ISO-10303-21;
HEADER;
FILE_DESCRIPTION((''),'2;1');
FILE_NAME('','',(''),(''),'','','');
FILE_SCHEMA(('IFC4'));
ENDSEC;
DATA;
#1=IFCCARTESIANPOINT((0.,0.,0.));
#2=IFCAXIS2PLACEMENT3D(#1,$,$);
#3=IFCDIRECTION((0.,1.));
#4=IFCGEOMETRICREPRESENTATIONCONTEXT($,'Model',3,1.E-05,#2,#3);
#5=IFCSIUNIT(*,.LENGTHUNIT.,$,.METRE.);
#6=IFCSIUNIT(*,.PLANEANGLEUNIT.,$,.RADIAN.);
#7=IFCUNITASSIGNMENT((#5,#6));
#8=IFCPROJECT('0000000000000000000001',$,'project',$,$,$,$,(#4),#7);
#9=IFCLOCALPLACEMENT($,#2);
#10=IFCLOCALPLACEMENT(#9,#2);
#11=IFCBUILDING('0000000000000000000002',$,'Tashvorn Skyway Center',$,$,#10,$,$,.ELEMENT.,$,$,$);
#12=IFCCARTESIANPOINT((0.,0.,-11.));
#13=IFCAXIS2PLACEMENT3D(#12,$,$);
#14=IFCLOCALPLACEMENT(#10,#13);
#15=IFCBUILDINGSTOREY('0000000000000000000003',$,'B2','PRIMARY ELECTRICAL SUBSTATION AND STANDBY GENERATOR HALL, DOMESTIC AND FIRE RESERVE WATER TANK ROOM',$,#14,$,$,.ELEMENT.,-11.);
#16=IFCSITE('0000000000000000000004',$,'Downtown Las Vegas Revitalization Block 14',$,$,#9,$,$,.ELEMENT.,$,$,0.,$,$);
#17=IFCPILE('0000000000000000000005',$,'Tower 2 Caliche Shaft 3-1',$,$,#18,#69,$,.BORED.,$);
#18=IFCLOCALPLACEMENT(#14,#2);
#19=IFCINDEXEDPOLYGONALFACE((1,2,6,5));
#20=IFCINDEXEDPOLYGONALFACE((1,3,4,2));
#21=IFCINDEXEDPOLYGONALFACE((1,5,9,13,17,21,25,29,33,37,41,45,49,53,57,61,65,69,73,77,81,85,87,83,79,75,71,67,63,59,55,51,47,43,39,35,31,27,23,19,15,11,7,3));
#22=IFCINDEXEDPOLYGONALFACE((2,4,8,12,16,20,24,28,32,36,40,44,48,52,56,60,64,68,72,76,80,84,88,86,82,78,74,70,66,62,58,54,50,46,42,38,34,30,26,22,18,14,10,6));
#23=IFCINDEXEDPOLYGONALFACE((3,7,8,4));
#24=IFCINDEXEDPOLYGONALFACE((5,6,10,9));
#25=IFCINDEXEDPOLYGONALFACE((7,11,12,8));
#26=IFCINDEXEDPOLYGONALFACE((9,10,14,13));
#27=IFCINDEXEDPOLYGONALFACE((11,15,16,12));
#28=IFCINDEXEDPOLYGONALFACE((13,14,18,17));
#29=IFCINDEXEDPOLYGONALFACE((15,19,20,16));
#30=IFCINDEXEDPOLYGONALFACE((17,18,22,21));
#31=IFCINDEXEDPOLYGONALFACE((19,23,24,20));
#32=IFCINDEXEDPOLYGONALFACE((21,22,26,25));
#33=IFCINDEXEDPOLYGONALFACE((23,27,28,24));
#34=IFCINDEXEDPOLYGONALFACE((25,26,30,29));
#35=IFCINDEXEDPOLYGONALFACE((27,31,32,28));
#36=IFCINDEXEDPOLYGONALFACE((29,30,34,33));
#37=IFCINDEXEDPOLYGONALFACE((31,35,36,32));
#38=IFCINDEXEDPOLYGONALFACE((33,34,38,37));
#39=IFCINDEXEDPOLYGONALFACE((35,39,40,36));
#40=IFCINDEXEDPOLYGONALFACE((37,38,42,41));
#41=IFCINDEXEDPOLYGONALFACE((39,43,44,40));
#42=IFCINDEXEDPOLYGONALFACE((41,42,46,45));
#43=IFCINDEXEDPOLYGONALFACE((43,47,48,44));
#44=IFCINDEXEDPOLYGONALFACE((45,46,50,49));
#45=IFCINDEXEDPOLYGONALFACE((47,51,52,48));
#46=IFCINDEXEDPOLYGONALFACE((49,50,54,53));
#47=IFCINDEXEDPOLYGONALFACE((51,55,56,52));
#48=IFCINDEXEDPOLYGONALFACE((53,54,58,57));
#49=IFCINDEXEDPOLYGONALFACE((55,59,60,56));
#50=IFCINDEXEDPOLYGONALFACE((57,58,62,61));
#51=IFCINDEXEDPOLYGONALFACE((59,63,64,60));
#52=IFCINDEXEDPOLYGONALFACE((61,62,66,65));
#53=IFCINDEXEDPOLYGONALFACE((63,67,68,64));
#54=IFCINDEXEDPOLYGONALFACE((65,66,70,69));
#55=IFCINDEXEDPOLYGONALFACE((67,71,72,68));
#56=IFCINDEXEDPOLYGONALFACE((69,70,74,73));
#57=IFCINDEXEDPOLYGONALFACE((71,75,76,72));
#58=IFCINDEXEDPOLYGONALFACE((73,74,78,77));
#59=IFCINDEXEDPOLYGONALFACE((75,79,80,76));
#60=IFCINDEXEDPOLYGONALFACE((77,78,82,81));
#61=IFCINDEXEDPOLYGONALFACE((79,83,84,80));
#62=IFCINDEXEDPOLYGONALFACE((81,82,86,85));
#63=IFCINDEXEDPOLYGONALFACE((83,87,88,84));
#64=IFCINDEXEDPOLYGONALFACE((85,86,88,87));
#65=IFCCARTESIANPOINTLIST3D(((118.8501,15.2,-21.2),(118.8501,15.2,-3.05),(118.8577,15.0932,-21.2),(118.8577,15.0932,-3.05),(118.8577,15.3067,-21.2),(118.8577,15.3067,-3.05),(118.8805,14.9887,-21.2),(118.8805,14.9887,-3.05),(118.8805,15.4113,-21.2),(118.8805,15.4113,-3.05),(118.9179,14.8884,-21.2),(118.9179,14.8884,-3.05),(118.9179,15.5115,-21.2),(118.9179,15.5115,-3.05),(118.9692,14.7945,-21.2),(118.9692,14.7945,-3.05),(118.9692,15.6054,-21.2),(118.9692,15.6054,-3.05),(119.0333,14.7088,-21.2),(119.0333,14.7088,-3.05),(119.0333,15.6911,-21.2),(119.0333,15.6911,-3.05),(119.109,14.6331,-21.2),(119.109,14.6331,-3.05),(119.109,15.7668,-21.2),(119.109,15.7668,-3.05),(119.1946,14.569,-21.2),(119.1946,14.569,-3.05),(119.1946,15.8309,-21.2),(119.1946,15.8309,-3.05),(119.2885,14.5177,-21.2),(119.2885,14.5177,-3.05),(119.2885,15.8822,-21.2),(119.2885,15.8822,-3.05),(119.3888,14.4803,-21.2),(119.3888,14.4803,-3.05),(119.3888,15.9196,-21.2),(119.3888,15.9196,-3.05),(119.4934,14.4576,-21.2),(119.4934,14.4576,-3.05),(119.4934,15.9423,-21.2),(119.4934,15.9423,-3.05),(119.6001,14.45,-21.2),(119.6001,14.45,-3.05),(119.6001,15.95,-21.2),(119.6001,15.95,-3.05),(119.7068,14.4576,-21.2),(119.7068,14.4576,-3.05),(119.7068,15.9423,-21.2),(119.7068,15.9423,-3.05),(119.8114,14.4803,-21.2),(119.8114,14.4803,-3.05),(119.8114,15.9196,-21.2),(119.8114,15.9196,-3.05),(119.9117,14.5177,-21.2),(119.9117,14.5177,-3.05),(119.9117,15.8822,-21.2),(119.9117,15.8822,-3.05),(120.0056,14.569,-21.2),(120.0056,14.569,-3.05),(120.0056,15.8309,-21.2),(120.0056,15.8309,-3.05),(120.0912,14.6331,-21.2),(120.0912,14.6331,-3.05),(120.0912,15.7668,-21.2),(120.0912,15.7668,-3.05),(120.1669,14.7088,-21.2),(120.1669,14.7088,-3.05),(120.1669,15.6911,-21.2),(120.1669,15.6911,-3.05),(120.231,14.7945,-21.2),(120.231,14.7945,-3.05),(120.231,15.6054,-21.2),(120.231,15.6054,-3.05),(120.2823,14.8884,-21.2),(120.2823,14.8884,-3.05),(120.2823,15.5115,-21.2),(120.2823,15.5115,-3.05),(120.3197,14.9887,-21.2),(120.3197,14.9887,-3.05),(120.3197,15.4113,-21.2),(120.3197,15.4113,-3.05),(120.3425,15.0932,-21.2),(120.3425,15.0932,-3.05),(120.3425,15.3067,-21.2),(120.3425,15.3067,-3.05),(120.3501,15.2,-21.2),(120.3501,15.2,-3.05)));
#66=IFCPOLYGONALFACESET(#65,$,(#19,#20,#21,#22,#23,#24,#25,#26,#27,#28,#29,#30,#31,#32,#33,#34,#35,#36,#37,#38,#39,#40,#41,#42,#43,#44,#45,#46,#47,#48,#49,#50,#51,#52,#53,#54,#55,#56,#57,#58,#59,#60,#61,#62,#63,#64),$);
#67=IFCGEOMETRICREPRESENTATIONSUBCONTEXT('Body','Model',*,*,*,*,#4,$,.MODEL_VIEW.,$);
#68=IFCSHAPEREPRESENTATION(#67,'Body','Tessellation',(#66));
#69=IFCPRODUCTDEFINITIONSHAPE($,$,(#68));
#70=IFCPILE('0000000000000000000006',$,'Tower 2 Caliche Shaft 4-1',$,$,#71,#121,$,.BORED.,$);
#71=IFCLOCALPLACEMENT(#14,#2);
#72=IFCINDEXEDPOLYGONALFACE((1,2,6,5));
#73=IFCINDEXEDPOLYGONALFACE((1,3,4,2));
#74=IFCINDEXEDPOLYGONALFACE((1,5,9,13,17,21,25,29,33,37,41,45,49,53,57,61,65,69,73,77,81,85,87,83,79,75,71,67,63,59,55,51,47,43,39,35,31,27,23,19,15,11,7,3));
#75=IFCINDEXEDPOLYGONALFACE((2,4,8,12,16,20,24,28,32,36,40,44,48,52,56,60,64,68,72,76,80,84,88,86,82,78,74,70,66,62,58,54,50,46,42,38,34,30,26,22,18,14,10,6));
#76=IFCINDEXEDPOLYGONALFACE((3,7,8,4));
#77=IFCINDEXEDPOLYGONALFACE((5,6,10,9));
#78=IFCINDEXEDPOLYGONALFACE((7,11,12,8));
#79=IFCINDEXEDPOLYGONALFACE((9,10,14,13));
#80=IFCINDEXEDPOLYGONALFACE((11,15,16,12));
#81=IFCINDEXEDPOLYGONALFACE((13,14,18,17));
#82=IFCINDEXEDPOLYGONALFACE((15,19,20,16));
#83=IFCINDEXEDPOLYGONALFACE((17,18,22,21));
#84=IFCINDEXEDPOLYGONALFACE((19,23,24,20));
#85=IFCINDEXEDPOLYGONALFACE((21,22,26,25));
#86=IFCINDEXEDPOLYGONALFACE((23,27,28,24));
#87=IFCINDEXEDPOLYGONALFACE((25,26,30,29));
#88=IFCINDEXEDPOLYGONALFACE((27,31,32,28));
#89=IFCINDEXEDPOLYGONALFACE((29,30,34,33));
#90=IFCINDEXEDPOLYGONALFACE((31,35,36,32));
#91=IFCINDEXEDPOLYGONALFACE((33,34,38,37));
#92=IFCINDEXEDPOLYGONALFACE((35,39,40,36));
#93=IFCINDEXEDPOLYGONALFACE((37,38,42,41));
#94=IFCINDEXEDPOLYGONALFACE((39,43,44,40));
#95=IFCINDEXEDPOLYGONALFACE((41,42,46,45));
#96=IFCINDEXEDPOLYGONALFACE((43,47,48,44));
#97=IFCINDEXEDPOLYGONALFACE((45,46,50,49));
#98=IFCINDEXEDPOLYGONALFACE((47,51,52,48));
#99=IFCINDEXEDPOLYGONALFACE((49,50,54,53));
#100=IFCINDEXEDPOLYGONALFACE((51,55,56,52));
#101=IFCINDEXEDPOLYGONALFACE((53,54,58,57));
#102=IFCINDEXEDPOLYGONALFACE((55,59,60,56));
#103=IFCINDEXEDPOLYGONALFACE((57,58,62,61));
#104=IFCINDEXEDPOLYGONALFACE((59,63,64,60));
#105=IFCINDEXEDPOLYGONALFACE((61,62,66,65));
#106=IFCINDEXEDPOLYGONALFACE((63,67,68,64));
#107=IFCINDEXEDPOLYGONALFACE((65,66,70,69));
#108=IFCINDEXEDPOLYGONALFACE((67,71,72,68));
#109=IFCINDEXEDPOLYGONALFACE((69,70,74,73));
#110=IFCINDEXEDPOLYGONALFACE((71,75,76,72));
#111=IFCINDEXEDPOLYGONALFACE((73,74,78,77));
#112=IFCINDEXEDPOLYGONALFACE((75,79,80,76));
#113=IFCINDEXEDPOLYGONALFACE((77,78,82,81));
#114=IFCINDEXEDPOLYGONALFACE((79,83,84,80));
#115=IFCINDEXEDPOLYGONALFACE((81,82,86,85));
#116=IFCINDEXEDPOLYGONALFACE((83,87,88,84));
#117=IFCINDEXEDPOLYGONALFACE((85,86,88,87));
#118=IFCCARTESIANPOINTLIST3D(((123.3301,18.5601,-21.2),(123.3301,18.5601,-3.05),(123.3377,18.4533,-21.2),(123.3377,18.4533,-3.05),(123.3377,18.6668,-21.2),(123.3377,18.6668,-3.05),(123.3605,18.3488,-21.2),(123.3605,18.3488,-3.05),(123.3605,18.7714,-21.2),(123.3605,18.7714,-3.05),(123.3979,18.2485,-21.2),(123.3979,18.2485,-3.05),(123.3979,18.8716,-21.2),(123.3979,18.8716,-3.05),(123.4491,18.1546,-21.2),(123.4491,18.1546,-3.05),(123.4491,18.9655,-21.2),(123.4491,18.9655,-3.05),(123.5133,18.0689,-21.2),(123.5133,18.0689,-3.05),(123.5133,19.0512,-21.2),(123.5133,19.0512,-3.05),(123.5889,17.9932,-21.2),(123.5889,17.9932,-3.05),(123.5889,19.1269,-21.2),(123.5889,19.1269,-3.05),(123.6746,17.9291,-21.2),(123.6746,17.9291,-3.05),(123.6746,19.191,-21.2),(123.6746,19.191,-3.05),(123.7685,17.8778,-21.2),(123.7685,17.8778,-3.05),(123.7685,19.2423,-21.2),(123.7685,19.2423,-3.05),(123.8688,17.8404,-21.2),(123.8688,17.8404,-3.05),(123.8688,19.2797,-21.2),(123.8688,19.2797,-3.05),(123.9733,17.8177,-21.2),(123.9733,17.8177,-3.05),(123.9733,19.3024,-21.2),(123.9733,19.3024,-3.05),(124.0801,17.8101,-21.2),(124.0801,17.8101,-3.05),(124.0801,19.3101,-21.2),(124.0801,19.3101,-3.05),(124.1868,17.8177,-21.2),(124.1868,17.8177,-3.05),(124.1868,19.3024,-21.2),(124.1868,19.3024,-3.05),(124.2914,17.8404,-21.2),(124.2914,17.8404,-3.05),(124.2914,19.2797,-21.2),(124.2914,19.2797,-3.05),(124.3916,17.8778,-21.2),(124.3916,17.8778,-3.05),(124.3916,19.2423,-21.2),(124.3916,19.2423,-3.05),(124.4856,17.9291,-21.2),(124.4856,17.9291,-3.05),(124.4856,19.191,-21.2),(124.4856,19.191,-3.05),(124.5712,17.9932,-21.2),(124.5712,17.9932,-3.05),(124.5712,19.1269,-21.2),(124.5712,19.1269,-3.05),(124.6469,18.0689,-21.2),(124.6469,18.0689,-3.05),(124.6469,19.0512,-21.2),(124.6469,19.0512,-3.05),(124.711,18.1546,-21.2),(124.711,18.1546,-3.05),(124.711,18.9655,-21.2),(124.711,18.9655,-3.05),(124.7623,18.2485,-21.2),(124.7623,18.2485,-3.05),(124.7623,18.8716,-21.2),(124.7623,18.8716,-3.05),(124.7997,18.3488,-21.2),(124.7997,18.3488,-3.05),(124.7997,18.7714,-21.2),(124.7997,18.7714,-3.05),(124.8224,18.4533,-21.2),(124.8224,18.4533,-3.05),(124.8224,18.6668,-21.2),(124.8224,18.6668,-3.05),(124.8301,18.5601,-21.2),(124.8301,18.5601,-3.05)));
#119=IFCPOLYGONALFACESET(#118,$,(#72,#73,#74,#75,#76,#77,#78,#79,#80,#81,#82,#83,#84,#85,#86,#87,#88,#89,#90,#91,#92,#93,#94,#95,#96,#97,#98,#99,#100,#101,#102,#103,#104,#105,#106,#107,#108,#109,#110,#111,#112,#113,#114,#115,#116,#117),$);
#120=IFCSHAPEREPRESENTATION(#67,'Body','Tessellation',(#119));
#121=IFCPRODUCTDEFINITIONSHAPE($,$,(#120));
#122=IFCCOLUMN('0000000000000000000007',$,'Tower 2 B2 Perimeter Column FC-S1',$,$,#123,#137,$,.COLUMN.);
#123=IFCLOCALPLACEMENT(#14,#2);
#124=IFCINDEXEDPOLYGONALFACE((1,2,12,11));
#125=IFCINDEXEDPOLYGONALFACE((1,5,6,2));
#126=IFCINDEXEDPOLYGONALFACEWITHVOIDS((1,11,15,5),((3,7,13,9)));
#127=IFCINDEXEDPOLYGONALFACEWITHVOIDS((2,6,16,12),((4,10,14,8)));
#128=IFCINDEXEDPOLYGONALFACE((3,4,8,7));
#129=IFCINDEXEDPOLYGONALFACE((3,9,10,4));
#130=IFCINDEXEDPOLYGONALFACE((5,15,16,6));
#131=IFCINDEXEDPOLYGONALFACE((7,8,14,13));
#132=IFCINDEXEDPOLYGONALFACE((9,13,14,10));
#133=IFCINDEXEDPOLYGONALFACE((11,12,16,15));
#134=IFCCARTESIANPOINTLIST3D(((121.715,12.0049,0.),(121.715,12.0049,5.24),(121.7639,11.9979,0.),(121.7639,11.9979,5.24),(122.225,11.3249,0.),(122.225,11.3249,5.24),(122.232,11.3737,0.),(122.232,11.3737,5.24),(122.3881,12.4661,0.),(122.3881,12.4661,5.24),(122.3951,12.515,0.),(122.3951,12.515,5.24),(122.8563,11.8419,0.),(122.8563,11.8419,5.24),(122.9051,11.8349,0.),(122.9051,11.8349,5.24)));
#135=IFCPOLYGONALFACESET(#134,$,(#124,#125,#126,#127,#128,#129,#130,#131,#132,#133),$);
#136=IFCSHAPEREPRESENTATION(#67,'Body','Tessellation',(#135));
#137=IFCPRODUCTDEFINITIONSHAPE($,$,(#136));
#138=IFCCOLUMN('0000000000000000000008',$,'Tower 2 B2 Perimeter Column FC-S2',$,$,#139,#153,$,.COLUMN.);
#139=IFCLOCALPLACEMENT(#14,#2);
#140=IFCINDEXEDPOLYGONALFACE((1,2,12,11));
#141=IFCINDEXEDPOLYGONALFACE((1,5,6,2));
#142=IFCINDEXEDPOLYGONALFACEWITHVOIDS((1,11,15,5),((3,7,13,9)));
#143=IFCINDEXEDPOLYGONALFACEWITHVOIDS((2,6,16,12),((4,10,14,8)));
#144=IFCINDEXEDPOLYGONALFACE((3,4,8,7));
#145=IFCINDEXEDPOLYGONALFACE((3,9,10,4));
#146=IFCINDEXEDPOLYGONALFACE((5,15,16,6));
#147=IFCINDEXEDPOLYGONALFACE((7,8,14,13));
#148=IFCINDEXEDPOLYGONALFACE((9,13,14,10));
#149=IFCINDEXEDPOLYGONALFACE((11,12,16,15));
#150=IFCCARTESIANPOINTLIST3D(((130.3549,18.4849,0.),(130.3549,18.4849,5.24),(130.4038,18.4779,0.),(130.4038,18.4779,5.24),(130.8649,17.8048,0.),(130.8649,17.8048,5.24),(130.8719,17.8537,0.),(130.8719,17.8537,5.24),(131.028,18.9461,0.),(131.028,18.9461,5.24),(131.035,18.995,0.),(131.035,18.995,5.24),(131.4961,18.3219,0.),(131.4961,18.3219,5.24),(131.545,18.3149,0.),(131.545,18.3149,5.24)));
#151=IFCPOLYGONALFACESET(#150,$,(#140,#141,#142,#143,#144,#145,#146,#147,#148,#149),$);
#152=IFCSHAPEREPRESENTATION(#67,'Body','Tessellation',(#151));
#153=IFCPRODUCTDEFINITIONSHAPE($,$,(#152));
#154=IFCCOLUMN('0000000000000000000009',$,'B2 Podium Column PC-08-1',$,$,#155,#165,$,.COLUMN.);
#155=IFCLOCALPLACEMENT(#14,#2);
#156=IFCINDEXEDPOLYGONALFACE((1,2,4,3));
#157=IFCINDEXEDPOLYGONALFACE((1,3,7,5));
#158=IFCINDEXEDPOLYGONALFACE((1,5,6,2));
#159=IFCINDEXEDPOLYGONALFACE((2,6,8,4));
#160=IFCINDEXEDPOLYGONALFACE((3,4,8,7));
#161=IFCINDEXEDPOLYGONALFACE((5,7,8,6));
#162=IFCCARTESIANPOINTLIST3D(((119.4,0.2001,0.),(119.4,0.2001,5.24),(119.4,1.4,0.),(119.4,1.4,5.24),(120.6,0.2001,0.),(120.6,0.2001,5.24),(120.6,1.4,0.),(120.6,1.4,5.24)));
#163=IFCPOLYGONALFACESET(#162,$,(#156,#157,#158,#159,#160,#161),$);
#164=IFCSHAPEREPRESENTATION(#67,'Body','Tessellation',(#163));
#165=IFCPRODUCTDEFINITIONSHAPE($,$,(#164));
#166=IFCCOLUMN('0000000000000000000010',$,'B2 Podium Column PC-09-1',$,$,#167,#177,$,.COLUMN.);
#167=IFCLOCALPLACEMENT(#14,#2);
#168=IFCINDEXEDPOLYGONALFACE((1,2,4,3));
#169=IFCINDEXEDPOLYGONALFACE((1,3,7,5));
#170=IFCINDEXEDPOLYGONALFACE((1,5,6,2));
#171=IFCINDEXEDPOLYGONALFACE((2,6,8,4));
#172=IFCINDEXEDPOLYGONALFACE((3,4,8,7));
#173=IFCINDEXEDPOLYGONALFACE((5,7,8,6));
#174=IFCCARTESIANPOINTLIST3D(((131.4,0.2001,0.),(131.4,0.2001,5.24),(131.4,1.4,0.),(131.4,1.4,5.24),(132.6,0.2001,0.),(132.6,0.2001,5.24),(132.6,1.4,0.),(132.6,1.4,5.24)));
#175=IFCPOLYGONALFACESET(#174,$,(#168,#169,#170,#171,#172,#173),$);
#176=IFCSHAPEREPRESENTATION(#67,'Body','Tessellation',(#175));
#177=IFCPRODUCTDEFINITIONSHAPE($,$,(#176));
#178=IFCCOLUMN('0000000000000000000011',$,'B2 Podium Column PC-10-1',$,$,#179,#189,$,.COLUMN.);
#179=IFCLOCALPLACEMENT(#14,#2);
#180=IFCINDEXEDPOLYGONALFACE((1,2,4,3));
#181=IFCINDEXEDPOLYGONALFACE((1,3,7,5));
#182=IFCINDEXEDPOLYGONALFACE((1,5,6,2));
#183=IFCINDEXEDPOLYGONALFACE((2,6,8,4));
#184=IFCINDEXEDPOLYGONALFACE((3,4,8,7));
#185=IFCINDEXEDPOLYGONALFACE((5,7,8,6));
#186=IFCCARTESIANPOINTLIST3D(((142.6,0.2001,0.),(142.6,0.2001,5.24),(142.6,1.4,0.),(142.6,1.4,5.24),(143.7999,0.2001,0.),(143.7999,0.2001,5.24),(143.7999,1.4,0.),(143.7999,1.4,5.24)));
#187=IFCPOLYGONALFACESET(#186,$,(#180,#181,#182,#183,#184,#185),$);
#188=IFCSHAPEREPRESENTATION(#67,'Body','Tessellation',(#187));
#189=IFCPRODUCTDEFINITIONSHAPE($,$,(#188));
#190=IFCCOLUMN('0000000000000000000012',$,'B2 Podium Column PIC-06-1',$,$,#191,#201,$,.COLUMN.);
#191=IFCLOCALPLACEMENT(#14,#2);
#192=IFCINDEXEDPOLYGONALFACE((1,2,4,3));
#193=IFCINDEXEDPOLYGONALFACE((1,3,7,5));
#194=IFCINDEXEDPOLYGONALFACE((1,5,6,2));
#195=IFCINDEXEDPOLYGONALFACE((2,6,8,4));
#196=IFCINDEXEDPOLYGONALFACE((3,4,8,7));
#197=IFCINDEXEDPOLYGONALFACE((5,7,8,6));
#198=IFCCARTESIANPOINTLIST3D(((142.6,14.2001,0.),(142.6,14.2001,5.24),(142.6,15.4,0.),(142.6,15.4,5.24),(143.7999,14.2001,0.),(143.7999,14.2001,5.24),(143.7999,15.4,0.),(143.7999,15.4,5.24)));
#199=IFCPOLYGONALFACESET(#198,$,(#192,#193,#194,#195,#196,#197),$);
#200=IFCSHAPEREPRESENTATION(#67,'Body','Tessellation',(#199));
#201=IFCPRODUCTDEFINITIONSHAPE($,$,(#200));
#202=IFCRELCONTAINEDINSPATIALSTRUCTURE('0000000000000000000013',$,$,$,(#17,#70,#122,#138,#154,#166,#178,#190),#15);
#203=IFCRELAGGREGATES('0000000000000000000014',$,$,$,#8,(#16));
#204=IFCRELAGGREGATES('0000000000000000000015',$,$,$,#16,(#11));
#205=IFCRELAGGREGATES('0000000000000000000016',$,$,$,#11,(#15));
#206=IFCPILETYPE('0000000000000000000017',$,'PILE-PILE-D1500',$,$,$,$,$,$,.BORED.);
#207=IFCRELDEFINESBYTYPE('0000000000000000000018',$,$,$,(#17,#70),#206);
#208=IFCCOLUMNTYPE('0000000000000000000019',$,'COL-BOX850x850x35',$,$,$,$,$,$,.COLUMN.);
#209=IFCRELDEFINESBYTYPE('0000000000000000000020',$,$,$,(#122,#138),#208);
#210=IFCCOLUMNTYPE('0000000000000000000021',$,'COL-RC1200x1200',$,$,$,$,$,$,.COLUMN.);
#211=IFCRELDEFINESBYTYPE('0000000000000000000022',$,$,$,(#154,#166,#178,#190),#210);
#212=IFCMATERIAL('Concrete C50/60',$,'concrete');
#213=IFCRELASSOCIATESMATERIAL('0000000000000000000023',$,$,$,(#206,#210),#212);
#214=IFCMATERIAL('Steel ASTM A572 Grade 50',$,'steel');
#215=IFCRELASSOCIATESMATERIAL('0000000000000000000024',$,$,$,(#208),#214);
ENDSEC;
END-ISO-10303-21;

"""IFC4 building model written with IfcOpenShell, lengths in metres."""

from ifc_helpers import new_model, si_unit, direction, frame, origin, origin_2d, place, context, subcontext, project, spatial, rectangle, hollow_rectangle, circle, extrude, material, material_profile, profile_set, type_object, element, save


model = new_model("IFC4")

# Units and contexts
model_context = context("Model", 3, precision=1e-05, world=origin(), true_north=direction((0.0, 1.0)))
body_context = subcontext(model_context, "Body", "Model", "MODEL_VIEW")
ifc_project = project(units=[si_unit("LENGTHUNIT", "METRE"), si_unit("PLANEANGLEUNIT", "RADIAN")], contexts=[model_context])

# Site, building, storey
site_placement = place(None, origin())
site = spatial("IfcSite", under=ifc_project, at=site_placement, Name="Downtown Las Vegas Revitalization Block 14", CompositionType="ELEMENT", RefElevation=0.0)
building_placement = place(site_placement, origin())
building = spatial("IfcBuilding", under=site, at=building_placement, Name="Tashvorn Skyway Center", CompositionType="ELEMENT")
storey_placement = place(building_placement, frame((0.0, 0.0, -11.0)))
storey = spatial("IfcBuildingStorey", under=building, at=storey_placement, Name="B2", Description="PRIMARY ELECTRICAL SUBSTATION AND STANDBY GENERATOR HALL, DOMESTIC AND FIRE RESERVE WATER TANK ROOM", CompositionType="ELEMENT", Elevation=-11.0)

# Piles
ifc_material_1 = material(Name="Concrete C50/60", Category="concrete")
ifc_material_profile_1 = material_profile(ifc_material_1, circle(Radius=0.75, at=origin_2d()), Name="PILE-D1500")
ifc_profile_set_1 = profile_set([ifc_material_profile_1], Name="Concrete C50/60")
pile_type = type_object("IfcPileType", Name="PILE-PILE-D1500", PredefinedType="BORED", material=ifc_profile_set_1)
for number, where, z_axis, x_axis, name in (
    (1, (119.6001, 15.2, -3.05), (0.0, 0.0, -1.0), (1.0, 0.0, 0.0), "Tower 2 Caliche Shaft 3-1"),
    (2, (124.0801, 18.5601, -3.05), (0.0, 0.0, -1.0), (1.0, 0.0, 0.0), "Tower 2 Caliche Shaft 4-1"),
):
    element("IfcPile", number, at=place(storey_placement, frame(where, z_axis=z_axis, x_axis=x_axis)), inside=storey, type_object=pile_type, Name=name, PredefinedType="BORED", context=body_context, shape_type="SweptSolid", body=[
        extrude(circle(Radius=0.75, at=origin_2d()), origin(), (0.0, 0.0, 1.0), 18.1499),
    ])

# Columns
ifc_material_2 = material(Name="Steel ASTM A572 Grade 50", Category="steel")
ifc_material_profile_2 = material_profile(ifc_material_2, hollow_rectangle(XDim=0.8501, YDim=0.8501, WallThickness=0.0349, at=origin_2d()), Name="BOX850x850x35")
ifc_profile_set_2 = profile_set([ifc_material_profile_2], Name="Steel ASTM A572 Grade 50")
column_type_1 = type_object("IfcColumnType", Name="COL-BOX850x850x35", PredefinedType="COLUMN", material=ifc_profile_set_2)
for number, where, z_axis, x_axis, name in (
    (3, (122.3101, 11.9199, 0.0), (0.0, 0.0, 1.0), (0.8, 0.6, 0.0), "Tower 2 B2 Perimeter Column FC-S1"),
    (4, (130.95, 18.3999, 0.0), (0.0, 0.0, 1.0), (0.8, 0.6, 0.0), "Tower 2 B2 Perimeter Column FC-S2"),
):
    element("IfcColumn", number, at=place(storey_placement, frame(where, z_axis=z_axis, x_axis=x_axis)), inside=storey, type_object=column_type_1, Name=name, PredefinedType="COLUMN", context=body_context, shape_type="SweptSolid", body=[
        extrude(hollow_rectangle(XDim=0.8501, YDim=0.8501, WallThickness=0.0349, at=origin_2d()), origin(), (0.0, 0.0, 1.0), 5.24),
    ])
ifc_material_profile_3 = material_profile(ifc_material_1, rectangle(XDim=1.2, YDim=1.2, at=origin_2d()), Name="RC1200x1200")
ifc_profile_set_3 = profile_set([ifc_material_profile_3], Name="Concrete C50/60")
column_type_2 = type_object("IfcColumnType", Name="COL-RC1200x1200", PredefinedType="COLUMN", material=ifc_profile_set_3)
for number, where, z_axis, x_axis, name in (
    (5, (120.0, 0.8, 0.0), (0.0, 0.0, 1.0), (1.0, 0.0, 0.0), "B2 Podium Column PC-08-1"),
    (6, (132.0, 0.8, 0.0), (0.0, 0.0, 1.0), (1.0, 0.0, 0.0), "B2 Podium Column PC-09-1"),
    (7, (143.2, 0.8, 0.0), (0.0, 0.0, 1.0), (1.0, 0.0, 0.0), "B2 Podium Column PC-10-1"),
    (8, (143.2, 14.8, 0.0), (0.0, 0.0, 1.0), (1.0, 0.0, 0.0), "B2 Podium Column PIC-06-1"),
):
    element("IfcColumn", number, at=place(storey_placement, frame(where, z_axis=z_axis, x_axis=x_axis)), inside=storey, type_object=column_type_2, Name=name, PredefinedType="COLUMN", context=body_context, shape_type="SweptSolid", body=[
        extrude(rectangle(XDim=1.2, YDim=1.2, at=origin_2d()), origin(), (0.0, 0.0, 1.0), 5.24),
    ])

save(model, "model.ifc")
